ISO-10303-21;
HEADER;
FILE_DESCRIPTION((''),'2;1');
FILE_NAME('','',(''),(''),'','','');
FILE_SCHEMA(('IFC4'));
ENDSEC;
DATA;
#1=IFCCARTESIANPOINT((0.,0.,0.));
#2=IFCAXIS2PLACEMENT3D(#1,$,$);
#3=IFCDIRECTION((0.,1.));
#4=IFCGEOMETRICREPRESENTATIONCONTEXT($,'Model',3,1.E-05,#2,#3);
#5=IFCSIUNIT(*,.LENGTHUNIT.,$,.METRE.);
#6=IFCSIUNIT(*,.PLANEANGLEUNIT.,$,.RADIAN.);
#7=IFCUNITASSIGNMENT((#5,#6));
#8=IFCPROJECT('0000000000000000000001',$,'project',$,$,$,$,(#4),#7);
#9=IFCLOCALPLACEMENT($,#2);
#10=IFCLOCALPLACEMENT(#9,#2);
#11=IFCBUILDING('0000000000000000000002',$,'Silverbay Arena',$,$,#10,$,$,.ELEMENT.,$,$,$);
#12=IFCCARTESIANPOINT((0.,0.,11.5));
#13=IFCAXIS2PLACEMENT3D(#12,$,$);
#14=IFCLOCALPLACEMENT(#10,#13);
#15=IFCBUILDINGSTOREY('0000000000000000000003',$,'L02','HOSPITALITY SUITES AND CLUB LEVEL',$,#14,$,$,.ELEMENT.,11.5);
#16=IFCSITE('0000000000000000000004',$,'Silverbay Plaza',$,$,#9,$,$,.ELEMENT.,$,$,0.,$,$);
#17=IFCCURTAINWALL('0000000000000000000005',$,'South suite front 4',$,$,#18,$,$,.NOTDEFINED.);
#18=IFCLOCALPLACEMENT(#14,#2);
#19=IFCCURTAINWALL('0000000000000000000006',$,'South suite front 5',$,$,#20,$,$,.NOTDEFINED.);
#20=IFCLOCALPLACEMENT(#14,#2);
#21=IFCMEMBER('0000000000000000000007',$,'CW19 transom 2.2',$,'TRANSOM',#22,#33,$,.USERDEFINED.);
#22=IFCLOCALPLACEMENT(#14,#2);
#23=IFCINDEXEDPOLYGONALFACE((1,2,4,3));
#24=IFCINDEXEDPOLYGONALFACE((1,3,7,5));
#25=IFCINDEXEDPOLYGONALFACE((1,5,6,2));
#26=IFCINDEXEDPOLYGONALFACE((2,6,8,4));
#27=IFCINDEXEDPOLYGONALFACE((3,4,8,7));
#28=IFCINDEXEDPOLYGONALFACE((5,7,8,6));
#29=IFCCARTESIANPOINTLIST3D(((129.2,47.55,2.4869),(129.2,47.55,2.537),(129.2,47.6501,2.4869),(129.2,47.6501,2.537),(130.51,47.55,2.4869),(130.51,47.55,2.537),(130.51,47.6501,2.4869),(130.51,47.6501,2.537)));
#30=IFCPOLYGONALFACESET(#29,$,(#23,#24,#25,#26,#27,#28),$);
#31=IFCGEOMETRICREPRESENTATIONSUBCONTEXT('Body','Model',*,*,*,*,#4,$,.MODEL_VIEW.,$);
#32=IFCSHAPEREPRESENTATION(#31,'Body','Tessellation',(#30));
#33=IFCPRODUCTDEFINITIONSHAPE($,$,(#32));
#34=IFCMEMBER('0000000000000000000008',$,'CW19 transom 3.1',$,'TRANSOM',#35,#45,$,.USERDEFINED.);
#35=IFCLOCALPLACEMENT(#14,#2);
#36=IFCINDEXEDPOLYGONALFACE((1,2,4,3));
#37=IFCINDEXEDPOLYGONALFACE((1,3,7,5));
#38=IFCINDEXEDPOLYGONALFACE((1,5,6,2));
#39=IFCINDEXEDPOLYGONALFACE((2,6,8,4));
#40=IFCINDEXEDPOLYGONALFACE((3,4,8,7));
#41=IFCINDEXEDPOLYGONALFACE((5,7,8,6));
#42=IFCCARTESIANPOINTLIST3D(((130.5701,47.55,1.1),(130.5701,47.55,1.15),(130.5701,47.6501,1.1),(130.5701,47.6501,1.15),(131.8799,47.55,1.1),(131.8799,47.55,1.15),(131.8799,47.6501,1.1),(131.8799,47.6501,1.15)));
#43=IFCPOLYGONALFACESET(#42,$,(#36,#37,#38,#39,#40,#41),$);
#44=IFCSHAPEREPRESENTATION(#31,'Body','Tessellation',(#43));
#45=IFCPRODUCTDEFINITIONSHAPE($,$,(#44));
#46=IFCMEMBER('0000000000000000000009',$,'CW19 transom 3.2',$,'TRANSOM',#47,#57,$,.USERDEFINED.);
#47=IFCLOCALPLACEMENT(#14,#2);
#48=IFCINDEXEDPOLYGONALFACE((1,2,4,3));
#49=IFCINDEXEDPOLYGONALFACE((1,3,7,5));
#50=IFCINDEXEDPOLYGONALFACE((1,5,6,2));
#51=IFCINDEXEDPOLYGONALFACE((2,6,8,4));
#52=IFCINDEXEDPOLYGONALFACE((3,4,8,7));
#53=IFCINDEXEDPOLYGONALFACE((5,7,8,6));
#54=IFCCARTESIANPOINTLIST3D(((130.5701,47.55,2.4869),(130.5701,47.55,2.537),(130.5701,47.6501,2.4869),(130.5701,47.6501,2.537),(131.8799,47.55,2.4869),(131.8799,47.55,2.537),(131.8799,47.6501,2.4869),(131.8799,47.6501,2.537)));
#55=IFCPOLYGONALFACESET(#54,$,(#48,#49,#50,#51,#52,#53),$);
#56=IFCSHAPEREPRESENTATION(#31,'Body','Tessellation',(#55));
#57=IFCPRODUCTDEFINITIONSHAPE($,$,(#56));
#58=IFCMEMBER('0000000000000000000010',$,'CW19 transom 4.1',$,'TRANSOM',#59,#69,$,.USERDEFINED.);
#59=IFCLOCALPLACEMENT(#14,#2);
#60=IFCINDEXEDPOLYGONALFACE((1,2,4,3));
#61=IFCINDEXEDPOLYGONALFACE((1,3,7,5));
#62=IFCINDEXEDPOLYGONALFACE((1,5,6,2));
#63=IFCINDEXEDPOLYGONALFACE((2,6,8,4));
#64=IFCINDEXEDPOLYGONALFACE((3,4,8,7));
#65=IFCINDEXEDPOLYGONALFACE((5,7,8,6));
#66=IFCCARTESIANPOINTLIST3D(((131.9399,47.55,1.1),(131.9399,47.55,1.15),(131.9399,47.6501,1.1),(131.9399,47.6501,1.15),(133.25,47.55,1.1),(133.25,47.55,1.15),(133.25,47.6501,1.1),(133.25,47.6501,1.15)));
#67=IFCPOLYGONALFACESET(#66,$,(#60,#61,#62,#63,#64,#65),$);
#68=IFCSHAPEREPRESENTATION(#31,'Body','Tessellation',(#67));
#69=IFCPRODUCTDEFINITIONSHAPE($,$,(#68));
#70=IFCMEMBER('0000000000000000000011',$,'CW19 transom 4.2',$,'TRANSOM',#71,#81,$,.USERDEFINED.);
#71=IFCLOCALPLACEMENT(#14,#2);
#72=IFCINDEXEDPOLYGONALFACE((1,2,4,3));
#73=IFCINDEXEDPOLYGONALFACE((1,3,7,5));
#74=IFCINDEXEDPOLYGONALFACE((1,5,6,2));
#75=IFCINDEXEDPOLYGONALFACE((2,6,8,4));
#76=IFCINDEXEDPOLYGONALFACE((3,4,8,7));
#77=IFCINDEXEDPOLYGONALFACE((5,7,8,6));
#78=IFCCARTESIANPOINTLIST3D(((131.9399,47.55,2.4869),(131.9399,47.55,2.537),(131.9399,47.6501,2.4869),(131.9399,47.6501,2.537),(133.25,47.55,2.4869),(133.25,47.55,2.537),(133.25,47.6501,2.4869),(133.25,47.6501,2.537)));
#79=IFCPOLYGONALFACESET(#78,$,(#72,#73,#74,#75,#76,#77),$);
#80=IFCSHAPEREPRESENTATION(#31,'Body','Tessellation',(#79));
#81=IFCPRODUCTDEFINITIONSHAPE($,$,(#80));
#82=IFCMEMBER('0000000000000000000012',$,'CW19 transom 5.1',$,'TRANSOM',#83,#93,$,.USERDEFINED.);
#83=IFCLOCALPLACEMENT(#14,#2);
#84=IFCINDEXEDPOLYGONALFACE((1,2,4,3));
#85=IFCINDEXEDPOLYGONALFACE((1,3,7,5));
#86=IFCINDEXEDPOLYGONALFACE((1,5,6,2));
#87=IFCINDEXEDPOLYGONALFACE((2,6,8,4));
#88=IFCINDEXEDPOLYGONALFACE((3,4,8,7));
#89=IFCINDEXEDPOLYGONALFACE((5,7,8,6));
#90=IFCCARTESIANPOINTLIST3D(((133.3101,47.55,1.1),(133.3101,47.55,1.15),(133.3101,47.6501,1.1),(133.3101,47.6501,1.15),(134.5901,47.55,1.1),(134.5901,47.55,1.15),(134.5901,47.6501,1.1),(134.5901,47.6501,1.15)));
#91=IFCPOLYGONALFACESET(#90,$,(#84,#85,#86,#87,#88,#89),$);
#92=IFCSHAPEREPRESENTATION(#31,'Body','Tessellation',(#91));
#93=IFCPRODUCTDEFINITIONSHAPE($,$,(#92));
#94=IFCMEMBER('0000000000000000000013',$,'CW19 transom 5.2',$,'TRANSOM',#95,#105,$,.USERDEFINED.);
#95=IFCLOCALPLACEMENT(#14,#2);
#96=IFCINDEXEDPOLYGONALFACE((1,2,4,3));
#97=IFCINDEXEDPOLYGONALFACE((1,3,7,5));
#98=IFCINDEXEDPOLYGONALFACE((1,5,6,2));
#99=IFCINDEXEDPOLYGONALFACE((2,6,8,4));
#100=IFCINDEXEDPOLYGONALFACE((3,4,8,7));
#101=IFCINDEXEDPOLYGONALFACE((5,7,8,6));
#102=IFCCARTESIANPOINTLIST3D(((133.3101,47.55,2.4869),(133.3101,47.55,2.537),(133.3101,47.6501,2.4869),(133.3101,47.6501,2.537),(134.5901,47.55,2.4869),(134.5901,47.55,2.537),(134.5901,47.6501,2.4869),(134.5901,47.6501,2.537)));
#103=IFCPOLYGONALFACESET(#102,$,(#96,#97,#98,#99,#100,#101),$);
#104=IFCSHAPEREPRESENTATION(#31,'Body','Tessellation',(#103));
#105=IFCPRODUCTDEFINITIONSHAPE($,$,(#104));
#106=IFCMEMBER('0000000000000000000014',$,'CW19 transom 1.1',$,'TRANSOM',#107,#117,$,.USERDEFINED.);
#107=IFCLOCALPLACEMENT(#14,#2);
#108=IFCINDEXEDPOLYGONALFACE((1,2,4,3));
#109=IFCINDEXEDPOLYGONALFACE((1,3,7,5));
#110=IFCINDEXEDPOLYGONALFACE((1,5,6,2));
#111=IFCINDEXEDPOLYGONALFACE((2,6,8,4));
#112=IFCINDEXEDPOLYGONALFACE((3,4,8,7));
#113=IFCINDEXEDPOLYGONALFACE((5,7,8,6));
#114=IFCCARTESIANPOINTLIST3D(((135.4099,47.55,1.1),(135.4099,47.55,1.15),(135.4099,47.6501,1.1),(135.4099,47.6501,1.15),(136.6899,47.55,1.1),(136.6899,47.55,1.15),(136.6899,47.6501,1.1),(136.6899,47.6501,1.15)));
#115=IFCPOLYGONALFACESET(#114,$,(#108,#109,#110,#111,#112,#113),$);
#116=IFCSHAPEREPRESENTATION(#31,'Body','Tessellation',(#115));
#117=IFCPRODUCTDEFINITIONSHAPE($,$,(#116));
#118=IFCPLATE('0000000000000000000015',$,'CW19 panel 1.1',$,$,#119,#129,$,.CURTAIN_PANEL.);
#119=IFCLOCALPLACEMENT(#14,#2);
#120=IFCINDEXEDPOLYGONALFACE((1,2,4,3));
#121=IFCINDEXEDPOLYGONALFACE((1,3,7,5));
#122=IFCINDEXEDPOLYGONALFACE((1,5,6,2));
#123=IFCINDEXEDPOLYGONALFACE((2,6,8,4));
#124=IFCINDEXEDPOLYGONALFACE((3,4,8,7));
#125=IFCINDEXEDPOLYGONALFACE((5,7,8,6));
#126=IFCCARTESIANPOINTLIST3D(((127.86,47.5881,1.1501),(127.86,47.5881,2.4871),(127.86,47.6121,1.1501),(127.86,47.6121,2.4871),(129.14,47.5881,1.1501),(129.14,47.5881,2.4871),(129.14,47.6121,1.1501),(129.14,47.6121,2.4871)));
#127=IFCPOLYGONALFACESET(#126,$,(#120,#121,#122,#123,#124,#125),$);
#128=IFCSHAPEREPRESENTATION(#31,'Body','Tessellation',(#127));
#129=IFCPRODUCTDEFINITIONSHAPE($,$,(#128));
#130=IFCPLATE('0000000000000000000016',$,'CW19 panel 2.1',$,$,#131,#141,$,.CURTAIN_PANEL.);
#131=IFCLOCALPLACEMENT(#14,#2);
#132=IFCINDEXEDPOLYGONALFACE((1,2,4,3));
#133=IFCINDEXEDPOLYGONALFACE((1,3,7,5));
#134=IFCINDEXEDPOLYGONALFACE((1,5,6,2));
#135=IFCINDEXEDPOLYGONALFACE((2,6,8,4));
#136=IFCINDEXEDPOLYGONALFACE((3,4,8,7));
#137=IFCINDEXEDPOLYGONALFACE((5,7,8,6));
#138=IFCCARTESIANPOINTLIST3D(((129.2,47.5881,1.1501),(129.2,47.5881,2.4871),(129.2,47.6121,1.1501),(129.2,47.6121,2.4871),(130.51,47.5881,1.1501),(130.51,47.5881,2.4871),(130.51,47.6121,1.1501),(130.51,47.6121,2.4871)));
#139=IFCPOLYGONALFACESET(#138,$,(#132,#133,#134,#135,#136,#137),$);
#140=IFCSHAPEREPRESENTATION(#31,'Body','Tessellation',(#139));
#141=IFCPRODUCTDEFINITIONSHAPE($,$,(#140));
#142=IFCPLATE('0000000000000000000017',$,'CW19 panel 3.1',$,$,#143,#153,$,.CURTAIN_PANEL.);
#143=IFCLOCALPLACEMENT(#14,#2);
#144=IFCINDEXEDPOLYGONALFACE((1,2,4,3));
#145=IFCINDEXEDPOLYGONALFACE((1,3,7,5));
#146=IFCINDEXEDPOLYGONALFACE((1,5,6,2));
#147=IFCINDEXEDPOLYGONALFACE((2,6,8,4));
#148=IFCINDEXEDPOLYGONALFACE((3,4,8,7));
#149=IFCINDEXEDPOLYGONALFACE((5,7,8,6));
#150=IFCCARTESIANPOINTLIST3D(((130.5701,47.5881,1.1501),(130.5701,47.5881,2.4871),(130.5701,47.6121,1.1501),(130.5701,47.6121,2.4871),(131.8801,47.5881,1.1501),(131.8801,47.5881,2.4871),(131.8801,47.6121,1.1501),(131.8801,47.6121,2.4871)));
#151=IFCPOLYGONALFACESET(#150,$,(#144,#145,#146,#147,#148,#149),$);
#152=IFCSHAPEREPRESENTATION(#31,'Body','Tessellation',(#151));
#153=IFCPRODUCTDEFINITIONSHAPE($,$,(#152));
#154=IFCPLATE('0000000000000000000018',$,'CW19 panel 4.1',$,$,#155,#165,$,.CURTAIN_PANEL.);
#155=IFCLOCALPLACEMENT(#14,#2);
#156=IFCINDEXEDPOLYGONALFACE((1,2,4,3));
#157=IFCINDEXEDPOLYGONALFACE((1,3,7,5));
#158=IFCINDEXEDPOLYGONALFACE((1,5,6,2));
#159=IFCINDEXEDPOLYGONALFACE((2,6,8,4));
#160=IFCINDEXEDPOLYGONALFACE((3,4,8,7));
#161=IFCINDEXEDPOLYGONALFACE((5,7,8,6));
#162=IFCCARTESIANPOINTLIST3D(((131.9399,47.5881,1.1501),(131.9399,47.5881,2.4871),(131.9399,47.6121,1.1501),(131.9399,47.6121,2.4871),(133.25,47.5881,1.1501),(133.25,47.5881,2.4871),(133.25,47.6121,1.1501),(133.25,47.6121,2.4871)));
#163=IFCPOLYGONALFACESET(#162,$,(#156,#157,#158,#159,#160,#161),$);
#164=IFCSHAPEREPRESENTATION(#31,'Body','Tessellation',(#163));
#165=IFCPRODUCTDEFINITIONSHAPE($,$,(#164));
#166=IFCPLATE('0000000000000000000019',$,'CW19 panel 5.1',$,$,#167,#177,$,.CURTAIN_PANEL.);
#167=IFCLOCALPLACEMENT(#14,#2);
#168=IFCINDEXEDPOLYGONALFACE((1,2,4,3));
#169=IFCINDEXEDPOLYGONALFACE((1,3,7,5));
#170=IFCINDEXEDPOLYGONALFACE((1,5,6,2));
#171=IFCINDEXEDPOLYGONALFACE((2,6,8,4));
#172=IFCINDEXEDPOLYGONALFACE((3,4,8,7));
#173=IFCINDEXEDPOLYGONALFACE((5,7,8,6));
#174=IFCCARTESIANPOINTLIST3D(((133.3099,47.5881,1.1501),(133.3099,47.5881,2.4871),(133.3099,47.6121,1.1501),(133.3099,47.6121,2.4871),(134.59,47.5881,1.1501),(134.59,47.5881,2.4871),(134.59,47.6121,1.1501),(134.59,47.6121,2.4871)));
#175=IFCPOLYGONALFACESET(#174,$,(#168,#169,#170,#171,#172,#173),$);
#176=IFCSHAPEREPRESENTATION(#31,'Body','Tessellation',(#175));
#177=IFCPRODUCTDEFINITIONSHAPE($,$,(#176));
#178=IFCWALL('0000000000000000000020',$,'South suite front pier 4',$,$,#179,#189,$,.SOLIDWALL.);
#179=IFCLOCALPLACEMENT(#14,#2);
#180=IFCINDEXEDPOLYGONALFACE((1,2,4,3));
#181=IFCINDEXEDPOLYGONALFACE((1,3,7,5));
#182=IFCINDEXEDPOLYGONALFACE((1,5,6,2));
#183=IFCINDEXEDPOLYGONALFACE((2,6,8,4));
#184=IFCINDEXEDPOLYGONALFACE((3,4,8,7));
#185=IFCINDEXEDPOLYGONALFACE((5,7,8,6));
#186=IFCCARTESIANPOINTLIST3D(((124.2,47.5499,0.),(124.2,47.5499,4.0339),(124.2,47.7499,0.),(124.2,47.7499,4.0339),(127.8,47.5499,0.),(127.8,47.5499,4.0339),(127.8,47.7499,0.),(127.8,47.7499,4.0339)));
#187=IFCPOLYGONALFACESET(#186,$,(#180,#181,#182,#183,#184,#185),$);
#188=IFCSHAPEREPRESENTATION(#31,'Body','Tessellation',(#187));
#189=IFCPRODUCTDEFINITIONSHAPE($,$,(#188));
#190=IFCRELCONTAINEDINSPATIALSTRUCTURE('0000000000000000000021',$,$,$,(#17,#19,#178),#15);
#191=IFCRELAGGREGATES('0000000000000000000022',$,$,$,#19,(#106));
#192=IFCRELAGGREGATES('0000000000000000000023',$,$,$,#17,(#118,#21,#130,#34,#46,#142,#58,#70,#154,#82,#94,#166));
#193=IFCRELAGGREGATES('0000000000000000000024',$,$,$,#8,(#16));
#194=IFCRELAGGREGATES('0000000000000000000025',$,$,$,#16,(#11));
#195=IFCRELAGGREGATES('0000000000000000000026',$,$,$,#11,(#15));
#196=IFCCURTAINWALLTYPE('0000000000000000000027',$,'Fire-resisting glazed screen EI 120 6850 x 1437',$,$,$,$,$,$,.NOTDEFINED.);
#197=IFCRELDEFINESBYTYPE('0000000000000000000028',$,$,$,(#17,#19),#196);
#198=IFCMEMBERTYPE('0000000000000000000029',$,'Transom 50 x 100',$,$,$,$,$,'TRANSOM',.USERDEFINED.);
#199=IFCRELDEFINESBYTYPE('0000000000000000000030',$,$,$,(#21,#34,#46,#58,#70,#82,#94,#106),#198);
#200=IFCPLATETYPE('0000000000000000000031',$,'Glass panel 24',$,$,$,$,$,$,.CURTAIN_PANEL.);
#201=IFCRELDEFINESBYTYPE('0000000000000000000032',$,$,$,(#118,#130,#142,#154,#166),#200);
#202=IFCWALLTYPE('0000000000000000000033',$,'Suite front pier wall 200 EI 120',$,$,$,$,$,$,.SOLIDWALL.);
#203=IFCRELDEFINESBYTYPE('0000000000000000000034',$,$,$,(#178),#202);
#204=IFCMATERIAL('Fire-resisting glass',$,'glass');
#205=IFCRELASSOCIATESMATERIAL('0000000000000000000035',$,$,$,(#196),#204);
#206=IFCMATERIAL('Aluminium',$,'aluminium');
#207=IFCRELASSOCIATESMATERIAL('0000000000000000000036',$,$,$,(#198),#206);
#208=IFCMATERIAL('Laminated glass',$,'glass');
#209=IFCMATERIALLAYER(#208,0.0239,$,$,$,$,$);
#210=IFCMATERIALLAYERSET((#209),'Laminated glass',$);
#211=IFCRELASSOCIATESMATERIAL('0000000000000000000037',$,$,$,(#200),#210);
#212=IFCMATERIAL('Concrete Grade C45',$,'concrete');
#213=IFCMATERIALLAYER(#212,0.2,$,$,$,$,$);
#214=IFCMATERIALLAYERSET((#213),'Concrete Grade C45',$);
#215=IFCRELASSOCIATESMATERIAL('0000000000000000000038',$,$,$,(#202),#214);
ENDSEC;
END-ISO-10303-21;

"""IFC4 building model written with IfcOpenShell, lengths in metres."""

from ifc_helpers import new_model, si_unit, direction, frame, frame_2d, origin, origin_2d, place, context, subcontext, project, spatial, rectangle, extrude, material, layer, layer_set, material_profile, profile_set, type_object, element, aggregate, save


model = new_model("IFC4")

# Units and contexts
model_context = context("Model", 3, precision=1e-05, world=origin(), true_north=direction((0.0, 1.0)))
body_context = subcontext(model_context, "Body", "Model", "MODEL_VIEW")
ifc_project = project(units=[si_unit("LENGTHUNIT", "METRE"), si_unit("PLANEANGLEUNIT", "RADIAN")], contexts=[model_context])

# Site, building, storey
site_placement = place(None, origin())
site = spatial("IfcSite", under=ifc_project, at=site_placement, Name="Silverbay Plaza", CompositionType="ELEMENT", RefElevation=0.0)
building_placement = place(site_placement, origin())
building = spatial("IfcBuilding", under=site, at=building_placement, Name="Silverbay Arena", CompositionType="ELEMENT")
storey_placement = place(building_placement, frame((0.0, 0.0, 11.5)))
storey = spatial("IfcBuildingStorey", under=building, at=storey_placement, Name="L02", Description="HOSPITALITY SUITES AND CLUB LEVEL", CompositionType="ELEMENT", Elevation=11.5)

# Curtain wall
ifc_material_1 = material(Name="Fire-resisting glass", Category="glass")
curtain_wall_type = type_object("IfcCurtainWallType", Name="Fire-resisting glazed screen EI 120 6850 x 1437", PredefinedType="NOTDEFINED", material=ifc_material_1)
curtain_wall_1_placement = place(storey_placement, origin())
curtain_wall_1 = element("IfcCurtainWall", 1, at=curtain_wall_1_placement, inside=storey, type_object=curtain_wall_type, Name="South suite front 4", PredefinedType="NOTDEFINED")

# Curtain wall
curtain_wall_2_placement = place(storey_placement, origin())
curtain_wall_2 = element("IfcCurtainWall", 2, at=curtain_wall_2_placement, inside=storey, type_object=curtain_wall_type, Name="South suite front 5", PredefinedType="NOTDEFINED")

# Members
ifc_material_2 = material(Name="Aluminium", Category="aluminium")
ifc_material_profile_1 = material_profile(ifc_material_2, rectangle(XDim=0.1001, YDim=0.05, at=origin_2d()), Name="Transom 50 x 100")
ifc_profile_set_1 = profile_set([ifc_material_profile_1], Name="Aluminium")
member_type_1 = type_object("IfcMemberType", Name="Transom 50 x 100", ElementType="TRANSOM", PredefinedType="USERDEFINED", material=ifc_profile_set_1)
member_1_placement = place(storey_placement, frame((129.2, 47.6001, 2.512), z_axis=(1.0, 0.0, 0.0), x_axis=(0.0, 1.0, 0.0)))
member_1 = element("IfcMember", 3, at=member_1_placement, type_object=member_type_1, Name="CW19 transom 2.2", ObjectType="TRANSOM", PredefinedType="USERDEFINED", context=body_context, shape_type="SweptSolid", body=[
    extrude(rectangle(XDim=0.1001, YDim=0.05, at=origin_2d()), origin(), (0.0, 0.0, 1.0), 1.3101),
])
member_2_placement = place(storey_placement, frame((130.5701, 47.6001, 1.125), z_axis=(1.0, 0.0, 0.0), x_axis=(0.0, 1.0, 0.0)))
member_2 = element("IfcMember", 4, at=member_2_placement, type_object=member_type_1, Name="CW19 transom 3.1", ObjectType="TRANSOM", PredefinedType="USERDEFINED", context=body_context, shape_type="SweptSolid", body=[
    extrude(rectangle(XDim=0.1001, YDim=0.05, at=origin_2d()), origin(), (0.0, 0.0, 1.0), 1.3098),
])
member_3_placement = place(storey_placement, frame((130.5701, 47.6001, 2.512), z_axis=(1.0, 0.0, 0.0), x_axis=(0.0, 1.0, 0.0)))
member_3 = element("IfcMember", 5, at=member_3_placement, type_object=member_type_1, Name="CW19 transom 3.2", ObjectType="TRANSOM", PredefinedType="USERDEFINED", context=body_context, shape_type="SweptSolid", body=[
    extrude(rectangle(XDim=0.1001, YDim=0.05, at=origin_2d()), origin(), (0.0, 0.0, 1.0), 1.3098),
])
member_4_placement = place(storey_placement, frame((131.9399, 47.6001, 1.125), z_axis=(1.0, 0.0, 0.0), x_axis=(0.0, 1.0, 0.0)))
member_4 = element("IfcMember", 6, at=member_4_placement, type_object=member_type_1, Name="CW19 transom 4.1", ObjectType="TRANSOM", PredefinedType="USERDEFINED", context=body_context, shape_type="SweptSolid", body=[
    extrude(rectangle(XDim=0.1001, YDim=0.05, at=origin_2d()), origin(), (0.0, 0.0, 1.0), 1.3101),
])
member_5_placement = place(storey_placement, frame((131.9399, 47.6001, 2.512), z_axis=(1.0, 0.0, 0.0), x_axis=(0.0, 1.0, 0.0)))
member_5 = element("IfcMember", 7, at=member_5_placement, type_object=member_type_1, Name="CW19 transom 4.2", ObjectType="TRANSOM", PredefinedType="USERDEFINED", context=body_context, shape_type="SweptSolid", body=[
    extrude(rectangle(XDim=0.1001, YDim=0.05, at=origin_2d()), origin(), (0.0, 0.0, 1.0), 1.3101),
])
member_6_placement = place(storey_placement, frame((133.3101, 47.6001, 1.125), z_axis=(1.0, 0.0, 0.0), x_axis=(0.0, 1.0, 0.0)))
member_6 = element("IfcMember", 8, at=member_6_placement, type_object=member_type_1, Name="CW19 transom 5.1", ObjectType="TRANSOM", PredefinedType="USERDEFINED", context=body_context, shape_type="SweptSolid", body=[
    extrude(rectangle(XDim=0.1001, YDim=0.05, at=origin_2d()), origin(), (0.0, 0.0, 1.0), 1.28),
])
member_7_placement = place(storey_placement, frame((133.3101, 47.6001, 2.512), z_axis=(1.0, 0.0, 0.0), x_axis=(0.0, 1.0, 0.0)))
member_7 = element("IfcMember", 9, at=member_7_placement, type_object=member_type_1, Name="CW19 transom 5.2", ObjectType="TRANSOM", PredefinedType="USERDEFINED", context=body_context, shape_type="SweptSolid", body=[
    extrude(rectangle(XDim=0.1001, YDim=0.05, at=origin_2d()), origin(), (0.0, 0.0, 1.0), 1.28),
])
member_8_placement = place(storey_placement, frame((135.4099, 47.6001, 1.125), z_axis=(1.0, 0.0, 0.0), x_axis=(0.0, 1.0, 0.0)))
member_8 = element("IfcMember", 10, at=member_8_placement, type_object=member_type_1, Name="CW19 transom 1.1", ObjectType="TRANSOM", PredefinedType="USERDEFINED", context=body_context, shape_type="SweptSolid", body=[
    extrude(rectangle(XDim=0.1001, YDim=0.05, at=origin_2d()), origin(), (0.0, 0.0, 1.0), 1.28),
])
aggregate(curtain_wall_2, [member_8])

# Plates
ifc_material_3 = material(Name="Laminated glass", Category="glass")
ifc_layer_1 = layer(ifc_material_3, 0.0239)
ifc_layer_set_1 = layer_set([ifc_layer_1], Name="Laminated glass")
plate_type = type_object("IfcPlateType", Name="Glass panel 24", PredefinedType="CURTAIN_PANEL", material=ifc_layer_set_1)
plate_1_placement = place(storey_placement, frame((128.5, 47.6001, 1.1501), z_axis=(0.0, 0.0, 1.0), x_axis=(1.0, 0.0, 0.0)))
plate_1 = element("IfcPlate", 11, at=plate_1_placement, type_object=plate_type, Name="CW19 panel 1.1", PredefinedType="CURTAIN_PANEL", context=body_context, shape_type="SweptSolid", body=[
    extrude(rectangle(XDim=1.28, YDim=0.0239, at=origin_2d()), origin(), (0.0, 0.0, 1.0), 1.3369),
])
plate_2_placement = place(storey_placement, frame((129.855, 47.6001, 1.1501), z_axis=(0.0, 0.0, 1.0), x_axis=(1.0, 0.0, 0.0)))
plate_2 = element("IfcPlate", 12, at=plate_2_placement, type_object=plate_type, Name="CW19 panel 2.1", PredefinedType="CURTAIN_PANEL", context=body_context, shape_type="SweptSolid", body=[
    extrude(rectangle(XDim=1.3101, YDim=0.0239, at=origin_2d()), origin(), (0.0, 0.0, 1.0), 1.3369),
])
plate_3_placement = place(storey_placement, frame((131.2251, 47.6001, 1.1501), z_axis=(0.0, 0.0, 1.0), x_axis=(1.0, 0.0, 0.0)))
plate_3 = element("IfcPlate", 13, at=plate_3_placement, type_object=plate_type, Name="CW19 panel 3.1", PredefinedType="CURTAIN_PANEL", context=body_context, shape_type="SweptSolid", body=[
    extrude(rectangle(XDim=1.3101, YDim=0.0239, at=origin_2d()), origin(), (0.0, 0.0, 1.0), 1.3369),
])
plate_4_placement = place(storey_placement, frame((132.595, 47.6001, 1.1501), z_axis=(0.0, 0.0, 1.0), x_axis=(1.0, 0.0, 0.0)))
plate_4 = element("IfcPlate", 14, at=plate_4_placement, type_object=plate_type, Name="CW19 panel 4.1", PredefinedType="CURTAIN_PANEL", context=body_context, shape_type="SweptSolid", body=[
    extrude(rectangle(XDim=1.3101, YDim=0.0239, at=origin_2d()), origin(), (0.0, 0.0, 1.0), 1.3369),
])
plate_5_placement = place(storey_placement, frame((133.95, 47.6001, 1.1501), z_axis=(0.0, 0.0, 1.0), x_axis=(1.0, 0.0, 0.0)))
plate_5 = element("IfcPlate", 15, at=plate_5_placement, type_object=plate_type, Name="CW19 panel 5.1", PredefinedType="CURTAIN_PANEL", context=body_context, shape_type="SweptSolid", body=[
    extrude(rectangle(XDim=1.28, YDim=0.0239, at=origin_2d()), origin(), (0.0, 0.0, 1.0), 1.3369),
])
aggregate(curtain_wall_1, [plate_1, member_1, plate_2, member_2, member_3, plate_3, member_4, member_5, plate_4, member_6, member_7, plate_5])

# Wall
ifc_material_4 = material(Name="Concrete Grade C45", Category="concrete")
ifc_layer_2 = layer(ifc_material_4, 0.2)
ifc_layer_set_2 = layer_set([ifc_layer_2], Name="Concrete Grade C45")
wall_type_1 = type_object("IfcWallType", Name="Suite front pier wall 200 EI 120", PredefinedType="SOLIDWALL", material=ifc_layer_set_2)
wall_1_placement = place(storey_placement, frame((124.2, 47.6499, 0.0), z_axis=(0.0, 0.0, 1.0), x_axis=(1.0, 0.0, 0.0)))
element("IfcWall", 16, at=wall_1_placement, inside=storey, type_object=wall_type_1, Name="South suite front pier 4", PredefinedType="SOLIDWALL", context=body_context, shape_type="SweptSolid", body=[
    extrude(rectangle(XDim=3.6001, YDim=0.2, at=frame_2d((1.8, 0.0))), origin(), (0.0, 0.0, 1.0), 4.0339),
])

save(model, "model.ifc")
